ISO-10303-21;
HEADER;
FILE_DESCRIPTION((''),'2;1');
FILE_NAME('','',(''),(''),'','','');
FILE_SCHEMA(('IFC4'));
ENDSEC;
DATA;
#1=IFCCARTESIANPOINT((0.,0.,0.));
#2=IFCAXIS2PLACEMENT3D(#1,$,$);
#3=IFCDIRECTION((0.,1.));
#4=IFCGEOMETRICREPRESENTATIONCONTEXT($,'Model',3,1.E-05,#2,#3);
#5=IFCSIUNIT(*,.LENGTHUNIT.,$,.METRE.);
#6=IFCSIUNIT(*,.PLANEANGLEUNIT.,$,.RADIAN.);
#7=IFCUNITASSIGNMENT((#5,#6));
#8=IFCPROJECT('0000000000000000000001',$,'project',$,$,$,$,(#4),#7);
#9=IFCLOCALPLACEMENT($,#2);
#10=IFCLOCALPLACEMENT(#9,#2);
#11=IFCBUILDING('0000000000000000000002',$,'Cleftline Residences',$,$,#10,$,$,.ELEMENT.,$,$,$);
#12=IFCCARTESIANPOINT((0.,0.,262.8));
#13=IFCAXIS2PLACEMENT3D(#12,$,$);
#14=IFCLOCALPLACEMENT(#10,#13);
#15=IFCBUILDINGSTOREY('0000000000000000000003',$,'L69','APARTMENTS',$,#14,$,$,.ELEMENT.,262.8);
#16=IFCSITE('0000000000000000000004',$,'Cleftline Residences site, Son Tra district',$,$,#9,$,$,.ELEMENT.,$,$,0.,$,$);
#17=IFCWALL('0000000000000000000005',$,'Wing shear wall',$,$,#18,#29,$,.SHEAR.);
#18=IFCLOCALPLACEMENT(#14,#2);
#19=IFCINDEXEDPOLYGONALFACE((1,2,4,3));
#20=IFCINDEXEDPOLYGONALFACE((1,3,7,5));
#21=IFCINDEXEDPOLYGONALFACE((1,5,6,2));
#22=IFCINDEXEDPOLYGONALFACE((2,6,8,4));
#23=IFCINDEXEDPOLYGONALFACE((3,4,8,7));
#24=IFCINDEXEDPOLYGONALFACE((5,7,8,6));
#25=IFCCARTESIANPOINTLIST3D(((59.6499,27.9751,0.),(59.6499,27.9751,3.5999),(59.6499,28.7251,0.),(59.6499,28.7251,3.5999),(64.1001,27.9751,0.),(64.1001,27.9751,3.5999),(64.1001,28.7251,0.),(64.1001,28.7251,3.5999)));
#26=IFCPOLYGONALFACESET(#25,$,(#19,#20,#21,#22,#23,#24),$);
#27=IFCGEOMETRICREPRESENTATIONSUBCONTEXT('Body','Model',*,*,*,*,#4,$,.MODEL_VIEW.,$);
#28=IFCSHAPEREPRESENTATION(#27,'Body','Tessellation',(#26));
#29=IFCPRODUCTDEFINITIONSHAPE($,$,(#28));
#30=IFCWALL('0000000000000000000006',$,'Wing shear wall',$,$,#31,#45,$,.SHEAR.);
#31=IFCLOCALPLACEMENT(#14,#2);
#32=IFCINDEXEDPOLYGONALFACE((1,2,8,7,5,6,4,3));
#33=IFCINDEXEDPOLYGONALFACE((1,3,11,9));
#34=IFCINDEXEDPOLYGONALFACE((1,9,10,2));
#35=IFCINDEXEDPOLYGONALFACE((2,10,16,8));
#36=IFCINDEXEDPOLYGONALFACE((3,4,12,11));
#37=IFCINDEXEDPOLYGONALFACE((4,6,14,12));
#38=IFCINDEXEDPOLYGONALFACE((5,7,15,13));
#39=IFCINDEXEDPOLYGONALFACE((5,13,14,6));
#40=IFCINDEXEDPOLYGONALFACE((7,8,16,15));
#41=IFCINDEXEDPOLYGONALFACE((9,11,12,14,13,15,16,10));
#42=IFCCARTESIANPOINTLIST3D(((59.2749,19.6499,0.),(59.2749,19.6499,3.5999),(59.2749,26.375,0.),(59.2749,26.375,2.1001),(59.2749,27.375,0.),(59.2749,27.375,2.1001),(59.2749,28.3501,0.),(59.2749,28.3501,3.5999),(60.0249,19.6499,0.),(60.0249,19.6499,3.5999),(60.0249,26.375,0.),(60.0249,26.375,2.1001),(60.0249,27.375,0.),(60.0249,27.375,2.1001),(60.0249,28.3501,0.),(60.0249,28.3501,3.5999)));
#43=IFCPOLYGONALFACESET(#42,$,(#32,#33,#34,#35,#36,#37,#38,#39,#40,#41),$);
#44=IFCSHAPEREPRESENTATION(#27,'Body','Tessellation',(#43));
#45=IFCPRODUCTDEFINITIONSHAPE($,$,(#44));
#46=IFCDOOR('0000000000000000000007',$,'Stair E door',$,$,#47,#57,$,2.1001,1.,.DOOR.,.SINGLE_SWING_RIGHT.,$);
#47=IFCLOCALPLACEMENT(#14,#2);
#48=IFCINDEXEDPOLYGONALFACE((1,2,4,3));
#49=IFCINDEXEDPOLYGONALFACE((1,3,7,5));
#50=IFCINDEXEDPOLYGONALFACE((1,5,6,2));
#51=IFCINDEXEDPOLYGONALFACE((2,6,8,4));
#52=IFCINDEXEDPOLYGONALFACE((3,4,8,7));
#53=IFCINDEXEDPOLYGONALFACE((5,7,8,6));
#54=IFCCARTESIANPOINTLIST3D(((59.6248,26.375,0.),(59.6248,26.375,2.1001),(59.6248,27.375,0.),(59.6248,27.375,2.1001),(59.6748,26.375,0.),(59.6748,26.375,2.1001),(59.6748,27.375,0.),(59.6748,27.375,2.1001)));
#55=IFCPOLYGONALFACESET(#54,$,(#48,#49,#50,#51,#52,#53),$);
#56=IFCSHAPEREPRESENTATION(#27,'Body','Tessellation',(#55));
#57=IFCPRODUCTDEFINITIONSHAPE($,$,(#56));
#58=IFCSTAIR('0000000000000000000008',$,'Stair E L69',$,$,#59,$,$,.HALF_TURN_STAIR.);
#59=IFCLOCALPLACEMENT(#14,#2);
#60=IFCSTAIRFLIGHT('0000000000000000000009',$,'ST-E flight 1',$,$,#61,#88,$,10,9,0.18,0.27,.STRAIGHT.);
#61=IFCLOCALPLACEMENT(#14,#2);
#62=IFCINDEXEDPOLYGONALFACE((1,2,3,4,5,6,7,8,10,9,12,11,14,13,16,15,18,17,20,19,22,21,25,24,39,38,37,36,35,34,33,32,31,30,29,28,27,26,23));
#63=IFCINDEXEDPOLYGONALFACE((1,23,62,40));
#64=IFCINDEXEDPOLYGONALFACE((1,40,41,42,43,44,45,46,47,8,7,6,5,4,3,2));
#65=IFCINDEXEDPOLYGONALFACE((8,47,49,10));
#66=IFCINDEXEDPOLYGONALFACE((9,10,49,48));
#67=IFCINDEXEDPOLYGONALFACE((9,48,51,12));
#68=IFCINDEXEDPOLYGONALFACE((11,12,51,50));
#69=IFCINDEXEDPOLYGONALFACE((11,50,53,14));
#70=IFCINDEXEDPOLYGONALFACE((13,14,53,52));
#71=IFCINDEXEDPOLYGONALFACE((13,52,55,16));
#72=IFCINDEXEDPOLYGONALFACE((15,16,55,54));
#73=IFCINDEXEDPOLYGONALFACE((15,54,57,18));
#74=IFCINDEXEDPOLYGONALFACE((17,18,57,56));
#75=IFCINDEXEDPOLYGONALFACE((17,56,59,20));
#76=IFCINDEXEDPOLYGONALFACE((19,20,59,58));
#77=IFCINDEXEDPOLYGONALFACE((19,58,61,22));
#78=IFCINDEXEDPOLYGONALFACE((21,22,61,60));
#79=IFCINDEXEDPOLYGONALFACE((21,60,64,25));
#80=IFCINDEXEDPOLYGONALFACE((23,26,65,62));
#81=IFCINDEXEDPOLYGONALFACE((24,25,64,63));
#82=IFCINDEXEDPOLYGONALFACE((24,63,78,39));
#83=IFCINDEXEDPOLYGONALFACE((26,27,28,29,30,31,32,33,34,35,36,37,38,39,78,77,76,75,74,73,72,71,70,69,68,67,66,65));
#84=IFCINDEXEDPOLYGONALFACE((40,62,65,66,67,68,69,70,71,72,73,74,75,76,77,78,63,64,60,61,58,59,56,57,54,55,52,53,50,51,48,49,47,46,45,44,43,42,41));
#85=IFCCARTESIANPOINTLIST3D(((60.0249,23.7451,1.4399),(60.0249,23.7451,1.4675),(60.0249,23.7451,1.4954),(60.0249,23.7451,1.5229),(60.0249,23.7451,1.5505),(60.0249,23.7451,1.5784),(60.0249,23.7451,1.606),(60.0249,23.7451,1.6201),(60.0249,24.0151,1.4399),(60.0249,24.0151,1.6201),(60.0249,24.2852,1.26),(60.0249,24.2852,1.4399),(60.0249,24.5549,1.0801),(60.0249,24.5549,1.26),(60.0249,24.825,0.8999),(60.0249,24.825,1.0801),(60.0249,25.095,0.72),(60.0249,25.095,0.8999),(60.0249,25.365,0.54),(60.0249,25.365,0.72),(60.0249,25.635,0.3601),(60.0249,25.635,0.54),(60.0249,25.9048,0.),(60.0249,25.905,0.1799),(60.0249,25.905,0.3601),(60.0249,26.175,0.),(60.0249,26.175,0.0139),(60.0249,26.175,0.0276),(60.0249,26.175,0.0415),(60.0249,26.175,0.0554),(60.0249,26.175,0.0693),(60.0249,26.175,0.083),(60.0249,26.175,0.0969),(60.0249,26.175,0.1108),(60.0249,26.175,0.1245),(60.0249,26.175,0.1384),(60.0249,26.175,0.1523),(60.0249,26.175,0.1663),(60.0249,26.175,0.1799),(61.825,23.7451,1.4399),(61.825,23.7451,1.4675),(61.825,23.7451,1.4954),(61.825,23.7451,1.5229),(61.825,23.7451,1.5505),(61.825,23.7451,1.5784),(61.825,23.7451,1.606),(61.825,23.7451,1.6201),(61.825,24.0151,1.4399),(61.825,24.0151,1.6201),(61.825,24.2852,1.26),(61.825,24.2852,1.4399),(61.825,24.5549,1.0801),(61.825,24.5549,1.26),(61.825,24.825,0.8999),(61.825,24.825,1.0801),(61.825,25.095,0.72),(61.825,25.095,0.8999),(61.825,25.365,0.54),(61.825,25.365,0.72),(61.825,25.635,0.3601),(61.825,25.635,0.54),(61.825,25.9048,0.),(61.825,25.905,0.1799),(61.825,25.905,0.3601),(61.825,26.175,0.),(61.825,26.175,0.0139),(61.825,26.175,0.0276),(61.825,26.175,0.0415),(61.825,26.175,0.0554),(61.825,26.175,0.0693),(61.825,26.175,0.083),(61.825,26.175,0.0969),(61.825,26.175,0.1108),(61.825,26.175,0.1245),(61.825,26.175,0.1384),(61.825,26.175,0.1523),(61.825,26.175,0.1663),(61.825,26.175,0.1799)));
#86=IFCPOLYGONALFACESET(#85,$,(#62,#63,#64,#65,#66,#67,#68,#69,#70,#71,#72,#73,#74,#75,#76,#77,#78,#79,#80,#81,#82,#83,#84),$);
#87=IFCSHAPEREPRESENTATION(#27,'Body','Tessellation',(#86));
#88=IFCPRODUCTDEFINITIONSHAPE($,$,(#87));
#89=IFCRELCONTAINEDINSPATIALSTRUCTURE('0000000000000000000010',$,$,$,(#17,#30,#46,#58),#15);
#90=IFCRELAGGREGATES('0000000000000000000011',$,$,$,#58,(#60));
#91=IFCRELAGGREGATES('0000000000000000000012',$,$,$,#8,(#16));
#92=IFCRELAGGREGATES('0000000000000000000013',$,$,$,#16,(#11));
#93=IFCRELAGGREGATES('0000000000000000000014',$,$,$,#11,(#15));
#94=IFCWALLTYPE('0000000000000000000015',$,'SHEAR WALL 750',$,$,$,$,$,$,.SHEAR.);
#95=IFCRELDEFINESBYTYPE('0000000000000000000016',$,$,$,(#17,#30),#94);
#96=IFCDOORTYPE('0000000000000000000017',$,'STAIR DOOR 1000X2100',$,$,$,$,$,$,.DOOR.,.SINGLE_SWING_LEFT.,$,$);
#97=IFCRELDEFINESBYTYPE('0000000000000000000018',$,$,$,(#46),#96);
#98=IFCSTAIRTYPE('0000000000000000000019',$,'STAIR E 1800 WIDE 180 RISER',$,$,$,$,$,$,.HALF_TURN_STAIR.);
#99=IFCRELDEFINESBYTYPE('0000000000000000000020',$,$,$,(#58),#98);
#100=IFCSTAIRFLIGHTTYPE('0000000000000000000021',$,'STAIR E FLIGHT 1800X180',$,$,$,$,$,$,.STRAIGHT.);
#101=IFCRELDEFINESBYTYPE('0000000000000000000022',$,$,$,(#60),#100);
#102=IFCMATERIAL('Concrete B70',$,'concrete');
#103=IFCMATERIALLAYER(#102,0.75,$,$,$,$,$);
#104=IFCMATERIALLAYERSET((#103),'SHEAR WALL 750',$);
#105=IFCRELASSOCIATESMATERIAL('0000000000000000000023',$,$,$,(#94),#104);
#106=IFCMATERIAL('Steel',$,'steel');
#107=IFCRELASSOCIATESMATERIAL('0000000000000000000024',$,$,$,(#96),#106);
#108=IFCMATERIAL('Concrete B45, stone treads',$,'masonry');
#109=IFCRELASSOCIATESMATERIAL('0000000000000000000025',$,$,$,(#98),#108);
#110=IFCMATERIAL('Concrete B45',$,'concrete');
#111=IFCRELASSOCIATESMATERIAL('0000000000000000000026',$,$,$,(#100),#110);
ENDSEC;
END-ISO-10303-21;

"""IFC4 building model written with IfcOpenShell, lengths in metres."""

from ifc_helpers import new_model, si_unit, direction, frame, frame_2d, origin, place, context, subcontext, project, spatial, polyline, rectangle, outline, extrude, material, layer, layer_set, type_object, element, fill, aggregate, save


model = new_model("IFC4")

# Units and contexts
model_context = context("Model", 3, precision=1e-05, world=origin(), true_north=direction((0.0, 1.0)))
body_context = subcontext(model_context, "Body", "Model", "MODEL_VIEW")
ifc_project = project(units=[si_unit("LENGTHUNIT", "METRE"), si_unit("PLANEANGLEUNIT", "RADIAN")], contexts=[model_context])

# Site, building, storey
site_placement = place(None, origin())
site = spatial("IfcSite", under=ifc_project, at=site_placement, Name="Cleftline Residences site, Son Tra district", CompositionType="ELEMENT", RefElevation=0.0)
building_placement = place(site_placement, origin())
building = spatial("IfcBuilding", under=site, at=building_placement, Name="Cleftline Residences", CompositionType="ELEMENT")
storey_placement = place(building_placement, frame((0.0, 0.0, 262.8)))
storey = spatial("IfcBuildingStorey", under=building, at=storey_placement, Name="L69", Description="APARTMENTS", CompositionType="ELEMENT", Elevation=262.8)

# Wall
ifc_material_1 = material(Name="Concrete B70", Category="concrete")
ifc_layer_1 = layer(ifc_material_1, 0.75)
ifc_layer_set_1 = layer_set([ifc_layer_1], Name="SHEAR WALL 750")
wall_type_1 = type_object("IfcWallType", Name="SHEAR WALL 750", PredefinedType="SHEAR", material=ifc_layer_set_1)
wall_1_placement = place(storey_placement, frame((64.1001, 28.3501, 0.0), z_axis=(0.0, 0.0, 1.0), x_axis=(-1.0, 0.0, 0.0)))
element("IfcWall", 1, at=wall_1_placement, inside=storey, type_object=wall_type_1, Name="Wing shear wall", PredefinedType="SHEAR", context=body_context, shape_type="SweptSolid", body=[
    extrude(rectangle(XDim=4.4502, YDim=0.75, at=frame_2d((2.2251, 0.0))), origin(), (0.0, 0.0, 1.0), 3.5999),
])

# Wall, opening, door
wall_2_placement = place(storey_placement, frame((59.6499, 28.3501, 0.0), z_axis=(0.0, 0.0, 1.0), x_axis=(0.0, -1.0, 0.0)))
wall_2 = element("IfcWall", 2, at=wall_2_placement, inside=storey, type_object=wall_type_1, Name="Wing shear wall", PredefinedType="SHEAR", context=body_context, shape_type="SweptSolid", body=[
    extrude(rectangle(XDim=8.7002, YDim=0.75, at=frame_2d((4.3501, 0.0))), origin(), (0.0, 0.0, 1.0), 3.5999),
])
opening_1_placement = place(wall_2_placement, frame((0.9751, 0.0, 0.0)))
opening_1 = element("IfcOpeningElement", 3, at=opening_1_placement, cuts=wall_2, PredefinedType="OPENING", context=body_context, shape_type="SweptSolid", body=[
    extrude(rectangle(XDim=1.0, YDim=2.1001, at=frame_2d((0.5, 1.05))), frame((0.0, 0.385, 0.0), z_axis=(0.0, -1.0, 0.0), x_axis=(1.0, 0.0, 0.0)), (0.0, 0.0, 1.0), 0.77),
])
ifc_material_2 = material(Name="Steel", Category="steel")
door_type_1 = type_object("IfcDoorType", Name="STAIR DOOR 1000X2100", OperationType="SINGLE_SWING_LEFT", PredefinedType="DOOR", material=ifc_material_2)
door_1_placement = place(opening_1_placement, origin())
door_1 = element("IfcDoor", 4, at=door_1_placement, inside=storey, type_object=door_type_1, Name="Stair E door", OperationType="SINGLE_SWING_RIGHT", OverallHeight=2.1001, OverallWidth=1.0, PredefinedType="DOOR", context=body_context, shape_type="SweptSolid", body=[
    extrude(rectangle(XDim=1.0, YDim=2.1001, at=frame_2d((0.5, 1.05))), frame((0.0, 0.0249, 0.0), z_axis=(0.0, -1.0, 0.0), x_axis=(1.0, 0.0, 0.0)), (0.0, 0.0, 1.0), 0.05),
])
fill(opening_1, door_1)

# Stair, stair flight
ifc_material_3 = material(Name="Concrete B45, stone treads", Category="masonry")
stair_type = type_object("IfcStairType", Name="STAIR E 1800 WIDE 180 RISER", PredefinedType="HALF_TURN_STAIR", material=ifc_material_3)
stair_placement = place(storey_placement, origin())
stair = element("IfcStair", 5, at=stair_placement, inside=storey, type_object=stair_type, Name="Stair E L69", PredefinedType="HALF_TURN_STAIR")
ifc_material_4 = material(Name="Concrete B45", Category="concrete")
stair_flight_type = type_object("IfcStairFlightType", Name="STAIR E FLIGHT 1800X180", PredefinedType="STRAIGHT", material=ifc_material_4)
stair_flight_placement = place(storey_placement, frame((60.925, 26.175, 0.0), z_axis=(0.0, 0.0, 1.0), x_axis=(0.0, -1.0, 0.0)))
stair_flight = element("IfcStairFlight", 6, at=stair_flight_placement, type_object=stair_flight_type, Name="ST-E flight 1", NumberOfRisers=10, NumberOfTreads=9, PredefinedType="STRAIGHT", RiserHeight=0.18, TreadLength=0.27, context=body_context, shape_type="SweptSolid", body=[
    extrude(outline(polyline([(0.0, 0.0), (0.0, 0.0139), (0.0, 0.0276), (0.0, 0.0415), (0.0, 0.0554), (0.0, 0.0693), (0.0, 0.083), (0.0, 0.0969), (0.0, 0.1108), (0.0, 0.1245), (0.0, 0.1384), (0.0, 0.1523), (0.0, 0.1663), (0.0, 0.1799), (0.27, 0.1799), (0.27, 0.3601), (0.54, 0.3601), (0.54, 0.54), (0.8101, 0.54), (0.8101, 0.72), (1.0801, 0.72), (1.0801, 0.8999), (1.3501, 0.8999), (1.3501, 1.0801), (1.6201, 1.0801), (1.6201, 1.26), (1.8899, 1.26), (1.8899, 1.4399), (2.1599, 1.4399), (2.1599, 1.6201), (2.4299, 1.6201), (2.4299, 1.8), (2.4299, 1.7722), (2.4299, 1.7446), (2.4299, 1.7168), (2.4299, 1.6892), (2.4299, 1.6614), (2.4299, 1.6338), (2.4299, 1.606), (2.4299, 1.5784), (2.4299, 1.5505), (2.4299, 1.5229), (2.4299, 1.4954), (2.4299, 1.4675), (2.4299, 1.4399), (0.2703, 0.0), (0.0, 0.0)])), frame((0.0, 0.8999, 0.0), z_axis=(0.0, -1.0, 0.0), x_axis=(1.0, 0.0, 0.0)), (0.0, 0.0, 1.0), 1.8),
])
aggregate(stair, [stair_flight])

save(model, "model.ifc")
